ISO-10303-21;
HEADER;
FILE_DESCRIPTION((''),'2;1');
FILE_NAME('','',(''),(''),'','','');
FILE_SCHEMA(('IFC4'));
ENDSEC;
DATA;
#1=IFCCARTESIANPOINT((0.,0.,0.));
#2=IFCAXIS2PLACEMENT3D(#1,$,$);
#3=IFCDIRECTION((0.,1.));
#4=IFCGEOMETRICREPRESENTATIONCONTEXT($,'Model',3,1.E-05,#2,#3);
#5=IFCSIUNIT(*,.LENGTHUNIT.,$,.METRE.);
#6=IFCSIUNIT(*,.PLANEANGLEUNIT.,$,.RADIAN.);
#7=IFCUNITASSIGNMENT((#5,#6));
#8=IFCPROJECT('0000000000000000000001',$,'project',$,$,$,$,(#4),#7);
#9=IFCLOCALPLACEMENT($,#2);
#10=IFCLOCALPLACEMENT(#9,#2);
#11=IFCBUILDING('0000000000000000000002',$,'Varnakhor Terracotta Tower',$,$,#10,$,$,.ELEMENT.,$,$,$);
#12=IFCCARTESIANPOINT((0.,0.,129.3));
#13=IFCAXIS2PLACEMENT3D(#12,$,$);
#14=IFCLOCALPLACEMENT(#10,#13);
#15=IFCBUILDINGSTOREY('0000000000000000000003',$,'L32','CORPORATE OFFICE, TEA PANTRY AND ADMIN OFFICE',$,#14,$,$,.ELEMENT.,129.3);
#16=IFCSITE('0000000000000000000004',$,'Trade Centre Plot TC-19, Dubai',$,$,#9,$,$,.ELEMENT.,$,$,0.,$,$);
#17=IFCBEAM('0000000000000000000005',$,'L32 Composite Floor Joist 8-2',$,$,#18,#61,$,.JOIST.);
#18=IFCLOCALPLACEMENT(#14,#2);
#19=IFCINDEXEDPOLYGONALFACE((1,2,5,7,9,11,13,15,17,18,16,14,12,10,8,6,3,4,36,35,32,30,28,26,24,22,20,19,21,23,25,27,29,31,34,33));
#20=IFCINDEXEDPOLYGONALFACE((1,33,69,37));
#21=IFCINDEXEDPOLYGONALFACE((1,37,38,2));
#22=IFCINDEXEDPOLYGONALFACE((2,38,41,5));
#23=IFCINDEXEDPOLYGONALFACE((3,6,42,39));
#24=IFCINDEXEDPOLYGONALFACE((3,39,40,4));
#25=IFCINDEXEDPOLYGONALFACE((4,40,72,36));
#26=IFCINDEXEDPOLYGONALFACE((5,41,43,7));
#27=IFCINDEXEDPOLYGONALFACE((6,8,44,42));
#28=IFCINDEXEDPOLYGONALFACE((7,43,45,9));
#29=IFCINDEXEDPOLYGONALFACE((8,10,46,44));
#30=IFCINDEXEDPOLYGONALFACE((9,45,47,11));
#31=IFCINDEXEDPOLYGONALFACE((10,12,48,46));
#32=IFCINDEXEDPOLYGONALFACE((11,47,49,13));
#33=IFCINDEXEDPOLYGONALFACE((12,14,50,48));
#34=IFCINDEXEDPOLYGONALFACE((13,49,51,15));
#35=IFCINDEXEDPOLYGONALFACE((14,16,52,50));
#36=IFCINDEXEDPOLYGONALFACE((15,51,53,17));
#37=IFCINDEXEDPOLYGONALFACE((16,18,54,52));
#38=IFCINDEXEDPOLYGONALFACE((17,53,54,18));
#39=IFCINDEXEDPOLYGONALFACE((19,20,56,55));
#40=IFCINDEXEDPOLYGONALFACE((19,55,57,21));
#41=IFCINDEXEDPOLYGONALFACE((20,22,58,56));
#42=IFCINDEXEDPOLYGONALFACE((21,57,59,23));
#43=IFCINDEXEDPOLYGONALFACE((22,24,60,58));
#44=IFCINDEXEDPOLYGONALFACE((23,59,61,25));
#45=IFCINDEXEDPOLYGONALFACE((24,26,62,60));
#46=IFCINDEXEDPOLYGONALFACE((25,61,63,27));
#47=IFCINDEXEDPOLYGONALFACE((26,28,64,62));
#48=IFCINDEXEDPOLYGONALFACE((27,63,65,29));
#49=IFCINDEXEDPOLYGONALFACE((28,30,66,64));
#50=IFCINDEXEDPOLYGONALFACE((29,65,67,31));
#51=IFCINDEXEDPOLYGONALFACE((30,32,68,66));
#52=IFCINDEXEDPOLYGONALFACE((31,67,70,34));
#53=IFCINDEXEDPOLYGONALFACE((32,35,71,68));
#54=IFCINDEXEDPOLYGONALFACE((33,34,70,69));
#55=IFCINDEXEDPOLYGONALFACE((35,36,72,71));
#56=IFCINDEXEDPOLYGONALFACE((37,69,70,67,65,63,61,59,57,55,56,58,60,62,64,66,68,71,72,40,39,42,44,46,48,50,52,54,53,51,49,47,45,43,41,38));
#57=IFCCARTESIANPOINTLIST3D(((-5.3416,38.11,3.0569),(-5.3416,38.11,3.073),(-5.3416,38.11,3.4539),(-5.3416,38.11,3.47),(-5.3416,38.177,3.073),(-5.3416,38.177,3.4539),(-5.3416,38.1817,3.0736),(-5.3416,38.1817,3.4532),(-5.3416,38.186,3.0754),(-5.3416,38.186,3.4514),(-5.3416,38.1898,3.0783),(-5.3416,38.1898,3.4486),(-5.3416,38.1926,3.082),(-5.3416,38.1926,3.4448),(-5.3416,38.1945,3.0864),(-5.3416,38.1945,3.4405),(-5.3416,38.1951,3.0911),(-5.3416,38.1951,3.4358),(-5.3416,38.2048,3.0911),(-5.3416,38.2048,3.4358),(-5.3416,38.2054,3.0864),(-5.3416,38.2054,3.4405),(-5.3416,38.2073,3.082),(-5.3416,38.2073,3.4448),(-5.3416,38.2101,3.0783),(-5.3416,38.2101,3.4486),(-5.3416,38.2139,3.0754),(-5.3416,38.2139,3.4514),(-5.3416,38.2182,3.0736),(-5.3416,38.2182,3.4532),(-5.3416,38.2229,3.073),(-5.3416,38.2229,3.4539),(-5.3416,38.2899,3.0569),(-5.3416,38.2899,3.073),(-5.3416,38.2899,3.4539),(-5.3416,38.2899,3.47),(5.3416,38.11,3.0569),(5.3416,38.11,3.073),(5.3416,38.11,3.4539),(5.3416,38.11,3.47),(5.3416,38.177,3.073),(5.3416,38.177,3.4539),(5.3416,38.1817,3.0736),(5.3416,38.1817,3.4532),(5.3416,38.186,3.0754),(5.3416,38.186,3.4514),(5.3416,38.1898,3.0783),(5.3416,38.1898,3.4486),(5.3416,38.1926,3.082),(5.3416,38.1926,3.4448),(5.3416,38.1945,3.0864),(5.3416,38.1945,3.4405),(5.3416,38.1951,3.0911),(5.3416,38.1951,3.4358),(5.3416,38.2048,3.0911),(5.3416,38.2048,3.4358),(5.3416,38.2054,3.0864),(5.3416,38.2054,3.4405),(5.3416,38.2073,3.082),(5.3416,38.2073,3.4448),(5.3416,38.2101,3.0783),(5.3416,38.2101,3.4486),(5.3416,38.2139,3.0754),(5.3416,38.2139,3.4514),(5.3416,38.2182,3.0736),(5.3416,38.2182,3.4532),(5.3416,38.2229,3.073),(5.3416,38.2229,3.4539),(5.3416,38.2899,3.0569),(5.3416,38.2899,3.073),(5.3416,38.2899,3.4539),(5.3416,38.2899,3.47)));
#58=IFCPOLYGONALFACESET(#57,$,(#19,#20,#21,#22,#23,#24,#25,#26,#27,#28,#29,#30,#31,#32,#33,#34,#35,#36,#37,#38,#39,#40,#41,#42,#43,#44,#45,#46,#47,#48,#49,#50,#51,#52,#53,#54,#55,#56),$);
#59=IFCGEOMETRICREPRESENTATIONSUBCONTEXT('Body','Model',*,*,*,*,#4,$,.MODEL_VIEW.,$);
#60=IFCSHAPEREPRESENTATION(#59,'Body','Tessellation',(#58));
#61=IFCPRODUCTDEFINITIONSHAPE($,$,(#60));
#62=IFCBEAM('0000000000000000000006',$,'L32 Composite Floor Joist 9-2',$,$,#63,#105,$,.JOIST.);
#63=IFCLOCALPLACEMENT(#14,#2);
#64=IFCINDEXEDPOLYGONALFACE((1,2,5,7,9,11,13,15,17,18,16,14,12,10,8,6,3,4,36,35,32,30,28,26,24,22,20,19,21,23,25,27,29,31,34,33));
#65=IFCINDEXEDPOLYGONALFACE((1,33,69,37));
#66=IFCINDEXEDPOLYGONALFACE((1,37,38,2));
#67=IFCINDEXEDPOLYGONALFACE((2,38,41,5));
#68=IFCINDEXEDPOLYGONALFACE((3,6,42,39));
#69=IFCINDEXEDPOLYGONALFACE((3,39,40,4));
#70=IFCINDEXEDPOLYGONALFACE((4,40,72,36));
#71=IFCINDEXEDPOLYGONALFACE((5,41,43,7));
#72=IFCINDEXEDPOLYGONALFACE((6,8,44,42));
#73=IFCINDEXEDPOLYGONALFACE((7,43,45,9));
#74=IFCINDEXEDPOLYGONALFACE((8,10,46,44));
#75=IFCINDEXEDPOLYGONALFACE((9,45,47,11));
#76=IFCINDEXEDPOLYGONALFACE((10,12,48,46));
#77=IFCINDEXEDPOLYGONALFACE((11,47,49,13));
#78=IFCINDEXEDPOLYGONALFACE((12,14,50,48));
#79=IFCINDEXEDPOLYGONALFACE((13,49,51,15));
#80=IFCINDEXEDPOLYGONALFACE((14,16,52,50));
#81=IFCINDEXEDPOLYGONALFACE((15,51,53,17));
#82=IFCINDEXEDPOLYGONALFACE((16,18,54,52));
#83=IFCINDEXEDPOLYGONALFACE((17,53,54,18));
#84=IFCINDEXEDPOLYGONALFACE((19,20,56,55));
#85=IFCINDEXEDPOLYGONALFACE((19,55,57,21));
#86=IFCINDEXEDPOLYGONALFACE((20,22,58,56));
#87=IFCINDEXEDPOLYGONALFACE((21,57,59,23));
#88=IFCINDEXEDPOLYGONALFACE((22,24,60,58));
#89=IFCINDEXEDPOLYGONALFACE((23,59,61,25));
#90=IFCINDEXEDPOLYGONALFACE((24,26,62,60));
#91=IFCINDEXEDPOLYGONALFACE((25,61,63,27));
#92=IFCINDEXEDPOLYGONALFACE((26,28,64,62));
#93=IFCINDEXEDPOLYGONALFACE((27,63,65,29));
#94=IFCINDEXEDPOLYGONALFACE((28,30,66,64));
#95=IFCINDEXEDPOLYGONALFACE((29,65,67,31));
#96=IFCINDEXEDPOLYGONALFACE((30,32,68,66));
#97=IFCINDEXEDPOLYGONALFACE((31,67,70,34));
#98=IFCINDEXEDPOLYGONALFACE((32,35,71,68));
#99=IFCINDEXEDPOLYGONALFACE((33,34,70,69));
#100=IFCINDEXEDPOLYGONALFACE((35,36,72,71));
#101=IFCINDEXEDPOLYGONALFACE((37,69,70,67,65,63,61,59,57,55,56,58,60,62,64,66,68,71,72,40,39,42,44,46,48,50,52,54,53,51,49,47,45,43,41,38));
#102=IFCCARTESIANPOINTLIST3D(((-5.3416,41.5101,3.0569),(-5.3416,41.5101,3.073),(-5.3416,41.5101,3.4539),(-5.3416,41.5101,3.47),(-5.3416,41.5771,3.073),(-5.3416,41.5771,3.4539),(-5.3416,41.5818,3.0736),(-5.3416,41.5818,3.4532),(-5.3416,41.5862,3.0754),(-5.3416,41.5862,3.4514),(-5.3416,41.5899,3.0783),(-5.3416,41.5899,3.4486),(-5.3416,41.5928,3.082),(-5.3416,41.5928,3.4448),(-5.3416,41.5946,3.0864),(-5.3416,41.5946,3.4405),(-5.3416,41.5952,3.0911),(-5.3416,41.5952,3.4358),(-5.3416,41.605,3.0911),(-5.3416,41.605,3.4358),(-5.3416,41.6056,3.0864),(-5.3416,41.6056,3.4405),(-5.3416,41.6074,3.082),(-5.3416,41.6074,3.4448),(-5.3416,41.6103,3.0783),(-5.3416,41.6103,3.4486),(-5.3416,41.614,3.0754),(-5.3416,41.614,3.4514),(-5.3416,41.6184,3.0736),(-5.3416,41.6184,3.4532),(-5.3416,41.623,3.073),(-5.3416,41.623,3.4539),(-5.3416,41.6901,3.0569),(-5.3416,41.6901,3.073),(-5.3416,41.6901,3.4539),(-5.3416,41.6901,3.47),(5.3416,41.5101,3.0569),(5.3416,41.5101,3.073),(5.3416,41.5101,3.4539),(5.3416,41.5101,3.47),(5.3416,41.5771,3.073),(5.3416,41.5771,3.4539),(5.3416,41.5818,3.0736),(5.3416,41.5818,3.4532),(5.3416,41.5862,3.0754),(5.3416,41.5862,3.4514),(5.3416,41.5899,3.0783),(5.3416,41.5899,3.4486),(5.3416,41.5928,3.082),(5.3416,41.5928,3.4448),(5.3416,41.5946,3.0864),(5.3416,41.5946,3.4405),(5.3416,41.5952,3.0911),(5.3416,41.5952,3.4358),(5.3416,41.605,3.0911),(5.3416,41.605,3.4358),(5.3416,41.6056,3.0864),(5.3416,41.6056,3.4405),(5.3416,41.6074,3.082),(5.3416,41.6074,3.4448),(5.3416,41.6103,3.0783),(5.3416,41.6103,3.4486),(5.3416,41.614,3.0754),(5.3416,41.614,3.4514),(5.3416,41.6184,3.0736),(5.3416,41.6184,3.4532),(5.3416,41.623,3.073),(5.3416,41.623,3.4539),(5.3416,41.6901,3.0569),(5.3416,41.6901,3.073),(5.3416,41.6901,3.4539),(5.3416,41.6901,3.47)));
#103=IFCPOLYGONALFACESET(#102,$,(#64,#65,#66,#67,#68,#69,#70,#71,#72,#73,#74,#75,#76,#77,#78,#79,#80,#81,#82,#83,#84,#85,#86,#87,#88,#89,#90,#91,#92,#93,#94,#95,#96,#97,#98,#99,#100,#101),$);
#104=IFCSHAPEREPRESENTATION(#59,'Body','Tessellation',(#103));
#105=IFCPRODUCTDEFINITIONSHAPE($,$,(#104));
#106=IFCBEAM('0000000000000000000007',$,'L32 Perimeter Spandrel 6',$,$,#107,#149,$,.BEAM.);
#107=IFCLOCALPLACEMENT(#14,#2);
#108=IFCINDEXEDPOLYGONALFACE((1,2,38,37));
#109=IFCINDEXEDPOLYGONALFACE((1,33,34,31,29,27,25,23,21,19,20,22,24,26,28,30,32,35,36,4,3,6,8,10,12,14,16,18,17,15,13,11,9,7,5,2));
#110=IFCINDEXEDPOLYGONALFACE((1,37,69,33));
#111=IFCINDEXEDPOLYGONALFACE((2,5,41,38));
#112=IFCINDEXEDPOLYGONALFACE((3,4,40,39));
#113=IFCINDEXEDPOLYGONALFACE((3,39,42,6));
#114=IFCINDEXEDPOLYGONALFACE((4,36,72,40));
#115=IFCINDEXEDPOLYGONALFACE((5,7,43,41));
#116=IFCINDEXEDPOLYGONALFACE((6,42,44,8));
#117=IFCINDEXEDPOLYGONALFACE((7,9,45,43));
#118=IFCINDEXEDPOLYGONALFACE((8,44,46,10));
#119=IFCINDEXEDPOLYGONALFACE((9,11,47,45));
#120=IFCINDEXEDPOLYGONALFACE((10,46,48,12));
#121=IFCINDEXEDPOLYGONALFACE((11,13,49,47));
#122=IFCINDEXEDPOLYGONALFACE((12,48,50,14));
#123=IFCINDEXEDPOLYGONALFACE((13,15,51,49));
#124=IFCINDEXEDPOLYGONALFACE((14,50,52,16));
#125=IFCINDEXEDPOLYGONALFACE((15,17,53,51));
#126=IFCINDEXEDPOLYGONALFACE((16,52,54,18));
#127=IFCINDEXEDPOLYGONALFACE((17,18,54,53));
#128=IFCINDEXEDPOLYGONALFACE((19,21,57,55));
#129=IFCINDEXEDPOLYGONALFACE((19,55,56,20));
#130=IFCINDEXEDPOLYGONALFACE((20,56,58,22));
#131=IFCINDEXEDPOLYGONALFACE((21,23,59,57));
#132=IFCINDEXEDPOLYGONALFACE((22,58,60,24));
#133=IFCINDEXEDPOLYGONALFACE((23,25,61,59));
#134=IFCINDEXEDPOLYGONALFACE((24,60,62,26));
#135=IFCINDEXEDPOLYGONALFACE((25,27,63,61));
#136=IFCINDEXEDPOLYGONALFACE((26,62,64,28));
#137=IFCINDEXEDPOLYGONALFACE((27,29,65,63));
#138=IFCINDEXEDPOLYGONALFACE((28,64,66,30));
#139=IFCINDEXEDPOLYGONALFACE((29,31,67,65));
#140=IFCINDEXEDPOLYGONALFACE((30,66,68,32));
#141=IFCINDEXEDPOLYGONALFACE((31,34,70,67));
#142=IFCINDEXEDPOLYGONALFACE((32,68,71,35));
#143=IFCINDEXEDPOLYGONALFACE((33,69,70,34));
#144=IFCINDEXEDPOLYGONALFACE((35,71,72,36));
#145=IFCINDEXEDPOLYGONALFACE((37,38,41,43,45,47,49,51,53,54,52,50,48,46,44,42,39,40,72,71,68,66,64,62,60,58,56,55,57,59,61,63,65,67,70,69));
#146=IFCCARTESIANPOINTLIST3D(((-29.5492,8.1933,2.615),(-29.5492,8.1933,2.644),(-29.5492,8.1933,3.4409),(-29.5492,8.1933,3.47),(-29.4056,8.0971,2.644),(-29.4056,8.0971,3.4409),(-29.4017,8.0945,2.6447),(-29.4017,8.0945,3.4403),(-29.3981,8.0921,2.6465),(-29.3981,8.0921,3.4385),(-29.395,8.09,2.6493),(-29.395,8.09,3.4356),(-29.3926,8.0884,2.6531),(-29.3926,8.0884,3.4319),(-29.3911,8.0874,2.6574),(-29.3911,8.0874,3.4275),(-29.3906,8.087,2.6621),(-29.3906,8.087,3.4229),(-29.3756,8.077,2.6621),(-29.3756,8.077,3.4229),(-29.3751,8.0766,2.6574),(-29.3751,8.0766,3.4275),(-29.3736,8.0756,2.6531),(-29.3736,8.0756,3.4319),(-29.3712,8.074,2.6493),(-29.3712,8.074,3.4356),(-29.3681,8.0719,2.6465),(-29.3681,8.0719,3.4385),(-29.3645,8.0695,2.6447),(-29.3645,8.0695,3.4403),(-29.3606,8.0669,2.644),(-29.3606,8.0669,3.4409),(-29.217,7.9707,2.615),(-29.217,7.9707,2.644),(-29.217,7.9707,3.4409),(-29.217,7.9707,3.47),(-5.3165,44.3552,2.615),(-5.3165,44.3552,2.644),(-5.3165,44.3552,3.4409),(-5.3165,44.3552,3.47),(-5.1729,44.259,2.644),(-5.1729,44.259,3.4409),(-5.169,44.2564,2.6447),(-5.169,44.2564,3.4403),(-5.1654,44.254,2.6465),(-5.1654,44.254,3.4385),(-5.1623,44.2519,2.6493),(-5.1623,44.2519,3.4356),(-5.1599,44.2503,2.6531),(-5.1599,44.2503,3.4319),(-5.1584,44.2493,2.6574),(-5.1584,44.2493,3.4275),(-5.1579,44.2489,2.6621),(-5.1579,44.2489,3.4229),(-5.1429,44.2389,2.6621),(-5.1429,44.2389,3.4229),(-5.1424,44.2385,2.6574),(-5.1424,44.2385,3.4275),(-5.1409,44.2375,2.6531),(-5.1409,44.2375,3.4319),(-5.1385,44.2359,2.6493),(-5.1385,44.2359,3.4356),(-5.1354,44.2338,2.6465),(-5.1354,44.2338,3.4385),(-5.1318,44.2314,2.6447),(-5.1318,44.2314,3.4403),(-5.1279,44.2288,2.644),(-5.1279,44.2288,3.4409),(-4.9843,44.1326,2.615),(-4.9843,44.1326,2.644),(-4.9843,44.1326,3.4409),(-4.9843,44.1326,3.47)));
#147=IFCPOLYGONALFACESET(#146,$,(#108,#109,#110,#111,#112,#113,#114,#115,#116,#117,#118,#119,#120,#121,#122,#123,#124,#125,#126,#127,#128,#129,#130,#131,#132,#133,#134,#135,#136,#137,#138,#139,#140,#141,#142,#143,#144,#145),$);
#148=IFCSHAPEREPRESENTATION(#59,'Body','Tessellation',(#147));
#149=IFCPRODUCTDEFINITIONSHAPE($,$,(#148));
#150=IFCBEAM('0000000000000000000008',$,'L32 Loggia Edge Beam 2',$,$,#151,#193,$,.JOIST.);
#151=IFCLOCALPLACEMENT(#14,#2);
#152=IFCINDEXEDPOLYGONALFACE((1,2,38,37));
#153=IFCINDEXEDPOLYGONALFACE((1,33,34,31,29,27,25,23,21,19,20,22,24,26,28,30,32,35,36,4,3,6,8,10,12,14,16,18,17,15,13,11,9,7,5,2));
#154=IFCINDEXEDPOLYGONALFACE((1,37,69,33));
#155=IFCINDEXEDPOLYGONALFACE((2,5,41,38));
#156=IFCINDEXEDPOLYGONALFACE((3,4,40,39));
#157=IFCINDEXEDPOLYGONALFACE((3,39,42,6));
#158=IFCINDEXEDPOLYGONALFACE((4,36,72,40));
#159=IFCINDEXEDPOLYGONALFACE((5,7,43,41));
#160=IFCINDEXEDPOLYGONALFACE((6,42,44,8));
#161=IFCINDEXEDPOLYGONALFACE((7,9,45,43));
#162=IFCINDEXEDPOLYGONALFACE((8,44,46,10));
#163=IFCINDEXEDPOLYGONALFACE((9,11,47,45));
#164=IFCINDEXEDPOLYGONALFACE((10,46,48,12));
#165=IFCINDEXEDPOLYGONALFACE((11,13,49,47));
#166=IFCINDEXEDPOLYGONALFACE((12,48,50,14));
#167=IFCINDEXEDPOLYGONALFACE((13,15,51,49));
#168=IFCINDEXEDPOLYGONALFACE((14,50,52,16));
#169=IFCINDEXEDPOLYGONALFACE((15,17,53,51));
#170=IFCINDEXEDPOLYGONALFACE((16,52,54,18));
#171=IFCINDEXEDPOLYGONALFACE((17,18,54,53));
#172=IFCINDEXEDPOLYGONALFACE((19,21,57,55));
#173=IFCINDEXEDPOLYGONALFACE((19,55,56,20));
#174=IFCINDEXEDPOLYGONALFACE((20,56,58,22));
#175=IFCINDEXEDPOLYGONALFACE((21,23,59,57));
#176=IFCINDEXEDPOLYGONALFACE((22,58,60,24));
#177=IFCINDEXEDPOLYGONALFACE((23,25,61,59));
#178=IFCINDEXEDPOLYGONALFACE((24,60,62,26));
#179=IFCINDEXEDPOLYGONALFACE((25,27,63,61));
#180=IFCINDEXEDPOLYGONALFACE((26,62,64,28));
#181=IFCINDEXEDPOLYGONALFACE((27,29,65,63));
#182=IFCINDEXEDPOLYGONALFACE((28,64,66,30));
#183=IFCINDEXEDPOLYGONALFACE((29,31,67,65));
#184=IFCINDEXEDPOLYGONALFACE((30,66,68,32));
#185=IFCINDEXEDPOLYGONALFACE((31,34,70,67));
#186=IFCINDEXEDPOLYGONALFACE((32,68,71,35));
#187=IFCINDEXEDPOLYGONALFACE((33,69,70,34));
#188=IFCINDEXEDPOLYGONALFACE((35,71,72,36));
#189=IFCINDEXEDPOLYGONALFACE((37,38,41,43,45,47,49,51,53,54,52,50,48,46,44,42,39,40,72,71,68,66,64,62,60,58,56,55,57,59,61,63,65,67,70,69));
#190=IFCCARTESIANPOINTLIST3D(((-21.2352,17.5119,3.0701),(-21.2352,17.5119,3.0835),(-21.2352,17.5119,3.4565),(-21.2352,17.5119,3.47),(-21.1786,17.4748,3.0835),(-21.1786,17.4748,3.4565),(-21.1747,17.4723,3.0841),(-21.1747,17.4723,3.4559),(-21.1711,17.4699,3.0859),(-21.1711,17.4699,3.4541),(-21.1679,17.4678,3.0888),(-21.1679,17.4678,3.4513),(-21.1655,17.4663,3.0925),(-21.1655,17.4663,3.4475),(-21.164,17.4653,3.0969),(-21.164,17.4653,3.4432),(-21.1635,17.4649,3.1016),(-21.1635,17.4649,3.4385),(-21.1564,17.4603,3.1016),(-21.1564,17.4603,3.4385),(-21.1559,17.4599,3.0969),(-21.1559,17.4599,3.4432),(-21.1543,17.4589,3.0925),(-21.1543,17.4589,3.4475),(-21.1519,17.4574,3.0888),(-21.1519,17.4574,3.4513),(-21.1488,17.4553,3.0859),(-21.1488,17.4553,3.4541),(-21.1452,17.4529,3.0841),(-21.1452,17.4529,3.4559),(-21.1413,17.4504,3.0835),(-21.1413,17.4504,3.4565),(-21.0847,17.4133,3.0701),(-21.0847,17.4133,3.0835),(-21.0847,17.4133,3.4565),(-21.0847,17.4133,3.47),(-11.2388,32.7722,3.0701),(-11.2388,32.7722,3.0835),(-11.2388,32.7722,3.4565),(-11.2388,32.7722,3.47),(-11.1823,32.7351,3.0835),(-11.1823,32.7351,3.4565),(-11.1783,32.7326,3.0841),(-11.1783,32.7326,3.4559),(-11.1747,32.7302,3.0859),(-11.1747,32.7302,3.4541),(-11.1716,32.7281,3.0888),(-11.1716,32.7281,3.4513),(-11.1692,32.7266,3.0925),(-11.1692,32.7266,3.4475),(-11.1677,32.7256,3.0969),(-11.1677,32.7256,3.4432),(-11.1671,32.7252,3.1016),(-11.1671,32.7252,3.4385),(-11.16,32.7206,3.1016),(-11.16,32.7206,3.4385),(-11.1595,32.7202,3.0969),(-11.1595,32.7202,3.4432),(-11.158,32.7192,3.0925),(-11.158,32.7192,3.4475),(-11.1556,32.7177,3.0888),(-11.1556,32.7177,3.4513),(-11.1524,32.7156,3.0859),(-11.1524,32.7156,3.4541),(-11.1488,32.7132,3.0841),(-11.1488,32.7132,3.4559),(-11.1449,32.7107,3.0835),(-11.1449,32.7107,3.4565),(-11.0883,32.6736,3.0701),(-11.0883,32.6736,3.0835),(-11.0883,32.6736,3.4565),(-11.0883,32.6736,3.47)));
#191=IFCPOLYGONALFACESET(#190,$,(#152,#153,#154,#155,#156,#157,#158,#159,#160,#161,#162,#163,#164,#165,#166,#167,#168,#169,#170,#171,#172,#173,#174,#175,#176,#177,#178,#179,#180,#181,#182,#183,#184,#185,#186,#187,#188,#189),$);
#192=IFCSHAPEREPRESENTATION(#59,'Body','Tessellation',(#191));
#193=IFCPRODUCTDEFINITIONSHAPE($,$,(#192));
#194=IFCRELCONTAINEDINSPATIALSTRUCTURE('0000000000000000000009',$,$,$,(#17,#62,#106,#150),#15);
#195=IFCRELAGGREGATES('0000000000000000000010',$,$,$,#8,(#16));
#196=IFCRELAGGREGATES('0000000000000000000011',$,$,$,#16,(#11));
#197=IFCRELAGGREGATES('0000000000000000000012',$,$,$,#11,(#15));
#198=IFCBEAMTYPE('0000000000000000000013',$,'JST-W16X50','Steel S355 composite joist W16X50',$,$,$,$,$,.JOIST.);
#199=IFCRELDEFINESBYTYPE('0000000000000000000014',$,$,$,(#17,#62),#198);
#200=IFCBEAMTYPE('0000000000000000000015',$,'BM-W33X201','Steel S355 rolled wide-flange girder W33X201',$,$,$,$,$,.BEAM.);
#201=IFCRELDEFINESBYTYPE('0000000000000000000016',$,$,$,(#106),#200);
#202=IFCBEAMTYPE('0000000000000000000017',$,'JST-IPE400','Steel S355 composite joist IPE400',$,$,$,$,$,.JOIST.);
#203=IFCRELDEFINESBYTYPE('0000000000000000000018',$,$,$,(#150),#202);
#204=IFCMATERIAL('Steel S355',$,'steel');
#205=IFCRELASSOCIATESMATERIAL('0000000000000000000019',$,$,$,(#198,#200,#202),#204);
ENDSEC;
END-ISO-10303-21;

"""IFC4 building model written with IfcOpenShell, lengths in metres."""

from ifc_helpers import new_model, si_unit, direction, frame, origin, origin_2d, place, context, subcontext, project, spatial, i_section, extrude, source, transform, mapped, material, material_profile, profile_set, type_object, element, save


model = new_model("IFC4")

# Units and contexts
model_context = context("Model", 3, precision=1e-05, world=origin(), true_north=direction((0.0, 1.0)))
body_context = subcontext(model_context, "Body", "Model", "MODEL_VIEW")
ifc_project = project(units=[si_unit("LENGTHUNIT", "METRE"), si_unit("PLANEANGLEUNIT", "RADIAN")], contexts=[model_context])

# Site, building, storey
site_placement = place(None, origin())
site = spatial("IfcSite", under=ifc_project, at=site_placement, Name="Trade Centre Plot TC-19, Dubai", CompositionType="ELEMENT", RefElevation=0.0)
building_placement = place(site_placement, origin())
building = spatial("IfcBuilding", under=site, at=building_placement, Name="Varnakhor Terracotta Tower", CompositionType="ELEMENT")
storey_placement = place(building_placement, frame((0.0, 0.0, 129.3)))
storey = spatial("IfcBuildingStorey", under=building, at=storey_placement, Name="L32", Description="CORPORATE OFFICE, TEA PANTRY AND ADMIN OFFICE", CompositionType="ELEMENT", Elevation=129.3)

# Beams
ifc_material_1 = material(Name="Steel S355", Category="steel")
ifc_material_profile_1 = material_profile(ifc_material_1, i_section(OverallWidth=0.1799, OverallDepth=0.4131, WebThickness=0.0098, FlangeThickness=0.0161, FilletRadius=0.0181, at=origin_2d()), Name="W16X50")
ifc_profile_set_1 = profile_set([ifc_material_profile_1], Name="Steel S355")
beam_type_1 = type_object("IfcBeamType", Name="JST-W16X50", Description="Steel S355 composite joist W16X50", PredefinedType="JOIST", material=ifc_profile_set_1)
shared_shape_1 = source(origin(), body_context, "Body", "SweptSolid", [
    extrude(i_section(OverallWidth=0.1799, OverallDepth=0.4131, WebThickness=0.0098, FlangeThickness=0.0161, FilletRadius=0.0181, at=origin_2d()), origin(), (0.0, 0.0, 1.0), 10.6831),
])
for number, where, z_axis, x_axis, name in (
    (1, (-5.3416, 38.2, 3.2634), (1.0, 0.0, 0.0), (0.0, 1.0, 0.0), "L32 Composite Floor Joist 8-2"),
    (2, (-5.3416, 41.6001, 3.2634), (1.0, 0.0, 0.0), (0.0, 1.0, 0.0), "L32 Composite Floor Joist 9-2"),
):
    element("IfcBeam", number, at=place(storey_placement, frame(where, z_axis=z_axis, x_axis=x_axis)), inside=storey, type_object=beam_type_1, Name=name, PredefinedType="JOIST", context=body_context, shape_type="MappedRepresentation", body=[
        mapped(shared_shape_1, transform((0.0, 0.0, 0.0), scale=1.0)),
    ])
ifc_material_profile_2 = material_profile(ifc_material_1, i_section(OverallWidth=0.3999, OverallDepth=0.855, WebThickness=0.0181, FlangeThickness=0.0291, FilletRadius=0.0181, at=origin_2d()), Name="W33X201")
ifc_profile_set_2 = profile_set([ifc_material_profile_2], Name="Steel S355")
beam_type_2 = type_object("IfcBeamType", Name="BM-W33X201", Description="Steel S355 rolled wide-flange girder W33X201", PredefinedType="BEAM", material=ifc_profile_set_2)
shared_shape_2 = source(origin(), body_context, "Body", "SweptSolid", [
    extrude(i_section(OverallWidth=0.3999, OverallDepth=0.855, WebThickness=0.0181, FlangeThickness=0.0291, FilletRadius=0.0181, at=origin_2d()), origin(), (0.0, 0.0, 1.0), 43.5305),
])
beam_1_placement = place(storey_placement, frame((-5.1504, 44.2439, 3.0425), z_axis=(-0.556683, -0.830725, 0.0), x_axis=(0.830725, -0.556683, 0.0)))
element("IfcBeam", 3, at=beam_1_placement, inside=storey, type_object=beam_type_2, Name="L32 Perimeter Spandrel 6", PredefinedType="BEAM", context=body_context, shape_type="MappedRepresentation", body=[
    mapped(shared_shape_2, transform((0.0, 0.0, 0.0), scale=1.0)),
])
ifc_material_profile_3 = material_profile(ifc_material_1, i_section(OverallWidth=0.1799, OverallDepth=0.3999, WebThickness=0.0085, FlangeThickness=0.0134, FilletRadius=0.0181, at=origin_2d()), Name="IPE400")
ifc_profile_set_3 = profile_set([ifc_material_profile_3], Name="Steel S355")
beam_type_3 = type_object("IfcBeamType", Name="JST-IPE400", Description="Steel S355 composite joist IPE400", PredefinedType="JOIST", material=ifc_profile_set_3)
shared_shape_3 = source(origin(), body_context, "Body", "SweptSolid", [
    extrude(i_section(OverallWidth=0.1799, OverallDepth=0.3999, WebThickness=0.0085, FlangeThickness=0.0134, FilletRadius=0.0181, at=origin_2d()), origin(), (0.0, 0.0, 1.0), 18.2429),
])
beam_2_placement = place(storey_placement, frame((-11.1636, 32.7229, 3.27), z_axis=(-0.547959, -0.836505, 0.0), x_axis=(0.836505, -0.547959, 0.0)))
element("IfcBeam", 4, at=beam_2_placement, inside=storey, type_object=beam_type_3, Name="L32 Loggia Edge Beam 2", PredefinedType="JOIST", context=body_context, shape_type="MappedRepresentation", body=[
    mapped(shared_shape_3, transform((0.0, 0.0, 0.0), scale=1.0)),
])

save(model, "model.ifc")
